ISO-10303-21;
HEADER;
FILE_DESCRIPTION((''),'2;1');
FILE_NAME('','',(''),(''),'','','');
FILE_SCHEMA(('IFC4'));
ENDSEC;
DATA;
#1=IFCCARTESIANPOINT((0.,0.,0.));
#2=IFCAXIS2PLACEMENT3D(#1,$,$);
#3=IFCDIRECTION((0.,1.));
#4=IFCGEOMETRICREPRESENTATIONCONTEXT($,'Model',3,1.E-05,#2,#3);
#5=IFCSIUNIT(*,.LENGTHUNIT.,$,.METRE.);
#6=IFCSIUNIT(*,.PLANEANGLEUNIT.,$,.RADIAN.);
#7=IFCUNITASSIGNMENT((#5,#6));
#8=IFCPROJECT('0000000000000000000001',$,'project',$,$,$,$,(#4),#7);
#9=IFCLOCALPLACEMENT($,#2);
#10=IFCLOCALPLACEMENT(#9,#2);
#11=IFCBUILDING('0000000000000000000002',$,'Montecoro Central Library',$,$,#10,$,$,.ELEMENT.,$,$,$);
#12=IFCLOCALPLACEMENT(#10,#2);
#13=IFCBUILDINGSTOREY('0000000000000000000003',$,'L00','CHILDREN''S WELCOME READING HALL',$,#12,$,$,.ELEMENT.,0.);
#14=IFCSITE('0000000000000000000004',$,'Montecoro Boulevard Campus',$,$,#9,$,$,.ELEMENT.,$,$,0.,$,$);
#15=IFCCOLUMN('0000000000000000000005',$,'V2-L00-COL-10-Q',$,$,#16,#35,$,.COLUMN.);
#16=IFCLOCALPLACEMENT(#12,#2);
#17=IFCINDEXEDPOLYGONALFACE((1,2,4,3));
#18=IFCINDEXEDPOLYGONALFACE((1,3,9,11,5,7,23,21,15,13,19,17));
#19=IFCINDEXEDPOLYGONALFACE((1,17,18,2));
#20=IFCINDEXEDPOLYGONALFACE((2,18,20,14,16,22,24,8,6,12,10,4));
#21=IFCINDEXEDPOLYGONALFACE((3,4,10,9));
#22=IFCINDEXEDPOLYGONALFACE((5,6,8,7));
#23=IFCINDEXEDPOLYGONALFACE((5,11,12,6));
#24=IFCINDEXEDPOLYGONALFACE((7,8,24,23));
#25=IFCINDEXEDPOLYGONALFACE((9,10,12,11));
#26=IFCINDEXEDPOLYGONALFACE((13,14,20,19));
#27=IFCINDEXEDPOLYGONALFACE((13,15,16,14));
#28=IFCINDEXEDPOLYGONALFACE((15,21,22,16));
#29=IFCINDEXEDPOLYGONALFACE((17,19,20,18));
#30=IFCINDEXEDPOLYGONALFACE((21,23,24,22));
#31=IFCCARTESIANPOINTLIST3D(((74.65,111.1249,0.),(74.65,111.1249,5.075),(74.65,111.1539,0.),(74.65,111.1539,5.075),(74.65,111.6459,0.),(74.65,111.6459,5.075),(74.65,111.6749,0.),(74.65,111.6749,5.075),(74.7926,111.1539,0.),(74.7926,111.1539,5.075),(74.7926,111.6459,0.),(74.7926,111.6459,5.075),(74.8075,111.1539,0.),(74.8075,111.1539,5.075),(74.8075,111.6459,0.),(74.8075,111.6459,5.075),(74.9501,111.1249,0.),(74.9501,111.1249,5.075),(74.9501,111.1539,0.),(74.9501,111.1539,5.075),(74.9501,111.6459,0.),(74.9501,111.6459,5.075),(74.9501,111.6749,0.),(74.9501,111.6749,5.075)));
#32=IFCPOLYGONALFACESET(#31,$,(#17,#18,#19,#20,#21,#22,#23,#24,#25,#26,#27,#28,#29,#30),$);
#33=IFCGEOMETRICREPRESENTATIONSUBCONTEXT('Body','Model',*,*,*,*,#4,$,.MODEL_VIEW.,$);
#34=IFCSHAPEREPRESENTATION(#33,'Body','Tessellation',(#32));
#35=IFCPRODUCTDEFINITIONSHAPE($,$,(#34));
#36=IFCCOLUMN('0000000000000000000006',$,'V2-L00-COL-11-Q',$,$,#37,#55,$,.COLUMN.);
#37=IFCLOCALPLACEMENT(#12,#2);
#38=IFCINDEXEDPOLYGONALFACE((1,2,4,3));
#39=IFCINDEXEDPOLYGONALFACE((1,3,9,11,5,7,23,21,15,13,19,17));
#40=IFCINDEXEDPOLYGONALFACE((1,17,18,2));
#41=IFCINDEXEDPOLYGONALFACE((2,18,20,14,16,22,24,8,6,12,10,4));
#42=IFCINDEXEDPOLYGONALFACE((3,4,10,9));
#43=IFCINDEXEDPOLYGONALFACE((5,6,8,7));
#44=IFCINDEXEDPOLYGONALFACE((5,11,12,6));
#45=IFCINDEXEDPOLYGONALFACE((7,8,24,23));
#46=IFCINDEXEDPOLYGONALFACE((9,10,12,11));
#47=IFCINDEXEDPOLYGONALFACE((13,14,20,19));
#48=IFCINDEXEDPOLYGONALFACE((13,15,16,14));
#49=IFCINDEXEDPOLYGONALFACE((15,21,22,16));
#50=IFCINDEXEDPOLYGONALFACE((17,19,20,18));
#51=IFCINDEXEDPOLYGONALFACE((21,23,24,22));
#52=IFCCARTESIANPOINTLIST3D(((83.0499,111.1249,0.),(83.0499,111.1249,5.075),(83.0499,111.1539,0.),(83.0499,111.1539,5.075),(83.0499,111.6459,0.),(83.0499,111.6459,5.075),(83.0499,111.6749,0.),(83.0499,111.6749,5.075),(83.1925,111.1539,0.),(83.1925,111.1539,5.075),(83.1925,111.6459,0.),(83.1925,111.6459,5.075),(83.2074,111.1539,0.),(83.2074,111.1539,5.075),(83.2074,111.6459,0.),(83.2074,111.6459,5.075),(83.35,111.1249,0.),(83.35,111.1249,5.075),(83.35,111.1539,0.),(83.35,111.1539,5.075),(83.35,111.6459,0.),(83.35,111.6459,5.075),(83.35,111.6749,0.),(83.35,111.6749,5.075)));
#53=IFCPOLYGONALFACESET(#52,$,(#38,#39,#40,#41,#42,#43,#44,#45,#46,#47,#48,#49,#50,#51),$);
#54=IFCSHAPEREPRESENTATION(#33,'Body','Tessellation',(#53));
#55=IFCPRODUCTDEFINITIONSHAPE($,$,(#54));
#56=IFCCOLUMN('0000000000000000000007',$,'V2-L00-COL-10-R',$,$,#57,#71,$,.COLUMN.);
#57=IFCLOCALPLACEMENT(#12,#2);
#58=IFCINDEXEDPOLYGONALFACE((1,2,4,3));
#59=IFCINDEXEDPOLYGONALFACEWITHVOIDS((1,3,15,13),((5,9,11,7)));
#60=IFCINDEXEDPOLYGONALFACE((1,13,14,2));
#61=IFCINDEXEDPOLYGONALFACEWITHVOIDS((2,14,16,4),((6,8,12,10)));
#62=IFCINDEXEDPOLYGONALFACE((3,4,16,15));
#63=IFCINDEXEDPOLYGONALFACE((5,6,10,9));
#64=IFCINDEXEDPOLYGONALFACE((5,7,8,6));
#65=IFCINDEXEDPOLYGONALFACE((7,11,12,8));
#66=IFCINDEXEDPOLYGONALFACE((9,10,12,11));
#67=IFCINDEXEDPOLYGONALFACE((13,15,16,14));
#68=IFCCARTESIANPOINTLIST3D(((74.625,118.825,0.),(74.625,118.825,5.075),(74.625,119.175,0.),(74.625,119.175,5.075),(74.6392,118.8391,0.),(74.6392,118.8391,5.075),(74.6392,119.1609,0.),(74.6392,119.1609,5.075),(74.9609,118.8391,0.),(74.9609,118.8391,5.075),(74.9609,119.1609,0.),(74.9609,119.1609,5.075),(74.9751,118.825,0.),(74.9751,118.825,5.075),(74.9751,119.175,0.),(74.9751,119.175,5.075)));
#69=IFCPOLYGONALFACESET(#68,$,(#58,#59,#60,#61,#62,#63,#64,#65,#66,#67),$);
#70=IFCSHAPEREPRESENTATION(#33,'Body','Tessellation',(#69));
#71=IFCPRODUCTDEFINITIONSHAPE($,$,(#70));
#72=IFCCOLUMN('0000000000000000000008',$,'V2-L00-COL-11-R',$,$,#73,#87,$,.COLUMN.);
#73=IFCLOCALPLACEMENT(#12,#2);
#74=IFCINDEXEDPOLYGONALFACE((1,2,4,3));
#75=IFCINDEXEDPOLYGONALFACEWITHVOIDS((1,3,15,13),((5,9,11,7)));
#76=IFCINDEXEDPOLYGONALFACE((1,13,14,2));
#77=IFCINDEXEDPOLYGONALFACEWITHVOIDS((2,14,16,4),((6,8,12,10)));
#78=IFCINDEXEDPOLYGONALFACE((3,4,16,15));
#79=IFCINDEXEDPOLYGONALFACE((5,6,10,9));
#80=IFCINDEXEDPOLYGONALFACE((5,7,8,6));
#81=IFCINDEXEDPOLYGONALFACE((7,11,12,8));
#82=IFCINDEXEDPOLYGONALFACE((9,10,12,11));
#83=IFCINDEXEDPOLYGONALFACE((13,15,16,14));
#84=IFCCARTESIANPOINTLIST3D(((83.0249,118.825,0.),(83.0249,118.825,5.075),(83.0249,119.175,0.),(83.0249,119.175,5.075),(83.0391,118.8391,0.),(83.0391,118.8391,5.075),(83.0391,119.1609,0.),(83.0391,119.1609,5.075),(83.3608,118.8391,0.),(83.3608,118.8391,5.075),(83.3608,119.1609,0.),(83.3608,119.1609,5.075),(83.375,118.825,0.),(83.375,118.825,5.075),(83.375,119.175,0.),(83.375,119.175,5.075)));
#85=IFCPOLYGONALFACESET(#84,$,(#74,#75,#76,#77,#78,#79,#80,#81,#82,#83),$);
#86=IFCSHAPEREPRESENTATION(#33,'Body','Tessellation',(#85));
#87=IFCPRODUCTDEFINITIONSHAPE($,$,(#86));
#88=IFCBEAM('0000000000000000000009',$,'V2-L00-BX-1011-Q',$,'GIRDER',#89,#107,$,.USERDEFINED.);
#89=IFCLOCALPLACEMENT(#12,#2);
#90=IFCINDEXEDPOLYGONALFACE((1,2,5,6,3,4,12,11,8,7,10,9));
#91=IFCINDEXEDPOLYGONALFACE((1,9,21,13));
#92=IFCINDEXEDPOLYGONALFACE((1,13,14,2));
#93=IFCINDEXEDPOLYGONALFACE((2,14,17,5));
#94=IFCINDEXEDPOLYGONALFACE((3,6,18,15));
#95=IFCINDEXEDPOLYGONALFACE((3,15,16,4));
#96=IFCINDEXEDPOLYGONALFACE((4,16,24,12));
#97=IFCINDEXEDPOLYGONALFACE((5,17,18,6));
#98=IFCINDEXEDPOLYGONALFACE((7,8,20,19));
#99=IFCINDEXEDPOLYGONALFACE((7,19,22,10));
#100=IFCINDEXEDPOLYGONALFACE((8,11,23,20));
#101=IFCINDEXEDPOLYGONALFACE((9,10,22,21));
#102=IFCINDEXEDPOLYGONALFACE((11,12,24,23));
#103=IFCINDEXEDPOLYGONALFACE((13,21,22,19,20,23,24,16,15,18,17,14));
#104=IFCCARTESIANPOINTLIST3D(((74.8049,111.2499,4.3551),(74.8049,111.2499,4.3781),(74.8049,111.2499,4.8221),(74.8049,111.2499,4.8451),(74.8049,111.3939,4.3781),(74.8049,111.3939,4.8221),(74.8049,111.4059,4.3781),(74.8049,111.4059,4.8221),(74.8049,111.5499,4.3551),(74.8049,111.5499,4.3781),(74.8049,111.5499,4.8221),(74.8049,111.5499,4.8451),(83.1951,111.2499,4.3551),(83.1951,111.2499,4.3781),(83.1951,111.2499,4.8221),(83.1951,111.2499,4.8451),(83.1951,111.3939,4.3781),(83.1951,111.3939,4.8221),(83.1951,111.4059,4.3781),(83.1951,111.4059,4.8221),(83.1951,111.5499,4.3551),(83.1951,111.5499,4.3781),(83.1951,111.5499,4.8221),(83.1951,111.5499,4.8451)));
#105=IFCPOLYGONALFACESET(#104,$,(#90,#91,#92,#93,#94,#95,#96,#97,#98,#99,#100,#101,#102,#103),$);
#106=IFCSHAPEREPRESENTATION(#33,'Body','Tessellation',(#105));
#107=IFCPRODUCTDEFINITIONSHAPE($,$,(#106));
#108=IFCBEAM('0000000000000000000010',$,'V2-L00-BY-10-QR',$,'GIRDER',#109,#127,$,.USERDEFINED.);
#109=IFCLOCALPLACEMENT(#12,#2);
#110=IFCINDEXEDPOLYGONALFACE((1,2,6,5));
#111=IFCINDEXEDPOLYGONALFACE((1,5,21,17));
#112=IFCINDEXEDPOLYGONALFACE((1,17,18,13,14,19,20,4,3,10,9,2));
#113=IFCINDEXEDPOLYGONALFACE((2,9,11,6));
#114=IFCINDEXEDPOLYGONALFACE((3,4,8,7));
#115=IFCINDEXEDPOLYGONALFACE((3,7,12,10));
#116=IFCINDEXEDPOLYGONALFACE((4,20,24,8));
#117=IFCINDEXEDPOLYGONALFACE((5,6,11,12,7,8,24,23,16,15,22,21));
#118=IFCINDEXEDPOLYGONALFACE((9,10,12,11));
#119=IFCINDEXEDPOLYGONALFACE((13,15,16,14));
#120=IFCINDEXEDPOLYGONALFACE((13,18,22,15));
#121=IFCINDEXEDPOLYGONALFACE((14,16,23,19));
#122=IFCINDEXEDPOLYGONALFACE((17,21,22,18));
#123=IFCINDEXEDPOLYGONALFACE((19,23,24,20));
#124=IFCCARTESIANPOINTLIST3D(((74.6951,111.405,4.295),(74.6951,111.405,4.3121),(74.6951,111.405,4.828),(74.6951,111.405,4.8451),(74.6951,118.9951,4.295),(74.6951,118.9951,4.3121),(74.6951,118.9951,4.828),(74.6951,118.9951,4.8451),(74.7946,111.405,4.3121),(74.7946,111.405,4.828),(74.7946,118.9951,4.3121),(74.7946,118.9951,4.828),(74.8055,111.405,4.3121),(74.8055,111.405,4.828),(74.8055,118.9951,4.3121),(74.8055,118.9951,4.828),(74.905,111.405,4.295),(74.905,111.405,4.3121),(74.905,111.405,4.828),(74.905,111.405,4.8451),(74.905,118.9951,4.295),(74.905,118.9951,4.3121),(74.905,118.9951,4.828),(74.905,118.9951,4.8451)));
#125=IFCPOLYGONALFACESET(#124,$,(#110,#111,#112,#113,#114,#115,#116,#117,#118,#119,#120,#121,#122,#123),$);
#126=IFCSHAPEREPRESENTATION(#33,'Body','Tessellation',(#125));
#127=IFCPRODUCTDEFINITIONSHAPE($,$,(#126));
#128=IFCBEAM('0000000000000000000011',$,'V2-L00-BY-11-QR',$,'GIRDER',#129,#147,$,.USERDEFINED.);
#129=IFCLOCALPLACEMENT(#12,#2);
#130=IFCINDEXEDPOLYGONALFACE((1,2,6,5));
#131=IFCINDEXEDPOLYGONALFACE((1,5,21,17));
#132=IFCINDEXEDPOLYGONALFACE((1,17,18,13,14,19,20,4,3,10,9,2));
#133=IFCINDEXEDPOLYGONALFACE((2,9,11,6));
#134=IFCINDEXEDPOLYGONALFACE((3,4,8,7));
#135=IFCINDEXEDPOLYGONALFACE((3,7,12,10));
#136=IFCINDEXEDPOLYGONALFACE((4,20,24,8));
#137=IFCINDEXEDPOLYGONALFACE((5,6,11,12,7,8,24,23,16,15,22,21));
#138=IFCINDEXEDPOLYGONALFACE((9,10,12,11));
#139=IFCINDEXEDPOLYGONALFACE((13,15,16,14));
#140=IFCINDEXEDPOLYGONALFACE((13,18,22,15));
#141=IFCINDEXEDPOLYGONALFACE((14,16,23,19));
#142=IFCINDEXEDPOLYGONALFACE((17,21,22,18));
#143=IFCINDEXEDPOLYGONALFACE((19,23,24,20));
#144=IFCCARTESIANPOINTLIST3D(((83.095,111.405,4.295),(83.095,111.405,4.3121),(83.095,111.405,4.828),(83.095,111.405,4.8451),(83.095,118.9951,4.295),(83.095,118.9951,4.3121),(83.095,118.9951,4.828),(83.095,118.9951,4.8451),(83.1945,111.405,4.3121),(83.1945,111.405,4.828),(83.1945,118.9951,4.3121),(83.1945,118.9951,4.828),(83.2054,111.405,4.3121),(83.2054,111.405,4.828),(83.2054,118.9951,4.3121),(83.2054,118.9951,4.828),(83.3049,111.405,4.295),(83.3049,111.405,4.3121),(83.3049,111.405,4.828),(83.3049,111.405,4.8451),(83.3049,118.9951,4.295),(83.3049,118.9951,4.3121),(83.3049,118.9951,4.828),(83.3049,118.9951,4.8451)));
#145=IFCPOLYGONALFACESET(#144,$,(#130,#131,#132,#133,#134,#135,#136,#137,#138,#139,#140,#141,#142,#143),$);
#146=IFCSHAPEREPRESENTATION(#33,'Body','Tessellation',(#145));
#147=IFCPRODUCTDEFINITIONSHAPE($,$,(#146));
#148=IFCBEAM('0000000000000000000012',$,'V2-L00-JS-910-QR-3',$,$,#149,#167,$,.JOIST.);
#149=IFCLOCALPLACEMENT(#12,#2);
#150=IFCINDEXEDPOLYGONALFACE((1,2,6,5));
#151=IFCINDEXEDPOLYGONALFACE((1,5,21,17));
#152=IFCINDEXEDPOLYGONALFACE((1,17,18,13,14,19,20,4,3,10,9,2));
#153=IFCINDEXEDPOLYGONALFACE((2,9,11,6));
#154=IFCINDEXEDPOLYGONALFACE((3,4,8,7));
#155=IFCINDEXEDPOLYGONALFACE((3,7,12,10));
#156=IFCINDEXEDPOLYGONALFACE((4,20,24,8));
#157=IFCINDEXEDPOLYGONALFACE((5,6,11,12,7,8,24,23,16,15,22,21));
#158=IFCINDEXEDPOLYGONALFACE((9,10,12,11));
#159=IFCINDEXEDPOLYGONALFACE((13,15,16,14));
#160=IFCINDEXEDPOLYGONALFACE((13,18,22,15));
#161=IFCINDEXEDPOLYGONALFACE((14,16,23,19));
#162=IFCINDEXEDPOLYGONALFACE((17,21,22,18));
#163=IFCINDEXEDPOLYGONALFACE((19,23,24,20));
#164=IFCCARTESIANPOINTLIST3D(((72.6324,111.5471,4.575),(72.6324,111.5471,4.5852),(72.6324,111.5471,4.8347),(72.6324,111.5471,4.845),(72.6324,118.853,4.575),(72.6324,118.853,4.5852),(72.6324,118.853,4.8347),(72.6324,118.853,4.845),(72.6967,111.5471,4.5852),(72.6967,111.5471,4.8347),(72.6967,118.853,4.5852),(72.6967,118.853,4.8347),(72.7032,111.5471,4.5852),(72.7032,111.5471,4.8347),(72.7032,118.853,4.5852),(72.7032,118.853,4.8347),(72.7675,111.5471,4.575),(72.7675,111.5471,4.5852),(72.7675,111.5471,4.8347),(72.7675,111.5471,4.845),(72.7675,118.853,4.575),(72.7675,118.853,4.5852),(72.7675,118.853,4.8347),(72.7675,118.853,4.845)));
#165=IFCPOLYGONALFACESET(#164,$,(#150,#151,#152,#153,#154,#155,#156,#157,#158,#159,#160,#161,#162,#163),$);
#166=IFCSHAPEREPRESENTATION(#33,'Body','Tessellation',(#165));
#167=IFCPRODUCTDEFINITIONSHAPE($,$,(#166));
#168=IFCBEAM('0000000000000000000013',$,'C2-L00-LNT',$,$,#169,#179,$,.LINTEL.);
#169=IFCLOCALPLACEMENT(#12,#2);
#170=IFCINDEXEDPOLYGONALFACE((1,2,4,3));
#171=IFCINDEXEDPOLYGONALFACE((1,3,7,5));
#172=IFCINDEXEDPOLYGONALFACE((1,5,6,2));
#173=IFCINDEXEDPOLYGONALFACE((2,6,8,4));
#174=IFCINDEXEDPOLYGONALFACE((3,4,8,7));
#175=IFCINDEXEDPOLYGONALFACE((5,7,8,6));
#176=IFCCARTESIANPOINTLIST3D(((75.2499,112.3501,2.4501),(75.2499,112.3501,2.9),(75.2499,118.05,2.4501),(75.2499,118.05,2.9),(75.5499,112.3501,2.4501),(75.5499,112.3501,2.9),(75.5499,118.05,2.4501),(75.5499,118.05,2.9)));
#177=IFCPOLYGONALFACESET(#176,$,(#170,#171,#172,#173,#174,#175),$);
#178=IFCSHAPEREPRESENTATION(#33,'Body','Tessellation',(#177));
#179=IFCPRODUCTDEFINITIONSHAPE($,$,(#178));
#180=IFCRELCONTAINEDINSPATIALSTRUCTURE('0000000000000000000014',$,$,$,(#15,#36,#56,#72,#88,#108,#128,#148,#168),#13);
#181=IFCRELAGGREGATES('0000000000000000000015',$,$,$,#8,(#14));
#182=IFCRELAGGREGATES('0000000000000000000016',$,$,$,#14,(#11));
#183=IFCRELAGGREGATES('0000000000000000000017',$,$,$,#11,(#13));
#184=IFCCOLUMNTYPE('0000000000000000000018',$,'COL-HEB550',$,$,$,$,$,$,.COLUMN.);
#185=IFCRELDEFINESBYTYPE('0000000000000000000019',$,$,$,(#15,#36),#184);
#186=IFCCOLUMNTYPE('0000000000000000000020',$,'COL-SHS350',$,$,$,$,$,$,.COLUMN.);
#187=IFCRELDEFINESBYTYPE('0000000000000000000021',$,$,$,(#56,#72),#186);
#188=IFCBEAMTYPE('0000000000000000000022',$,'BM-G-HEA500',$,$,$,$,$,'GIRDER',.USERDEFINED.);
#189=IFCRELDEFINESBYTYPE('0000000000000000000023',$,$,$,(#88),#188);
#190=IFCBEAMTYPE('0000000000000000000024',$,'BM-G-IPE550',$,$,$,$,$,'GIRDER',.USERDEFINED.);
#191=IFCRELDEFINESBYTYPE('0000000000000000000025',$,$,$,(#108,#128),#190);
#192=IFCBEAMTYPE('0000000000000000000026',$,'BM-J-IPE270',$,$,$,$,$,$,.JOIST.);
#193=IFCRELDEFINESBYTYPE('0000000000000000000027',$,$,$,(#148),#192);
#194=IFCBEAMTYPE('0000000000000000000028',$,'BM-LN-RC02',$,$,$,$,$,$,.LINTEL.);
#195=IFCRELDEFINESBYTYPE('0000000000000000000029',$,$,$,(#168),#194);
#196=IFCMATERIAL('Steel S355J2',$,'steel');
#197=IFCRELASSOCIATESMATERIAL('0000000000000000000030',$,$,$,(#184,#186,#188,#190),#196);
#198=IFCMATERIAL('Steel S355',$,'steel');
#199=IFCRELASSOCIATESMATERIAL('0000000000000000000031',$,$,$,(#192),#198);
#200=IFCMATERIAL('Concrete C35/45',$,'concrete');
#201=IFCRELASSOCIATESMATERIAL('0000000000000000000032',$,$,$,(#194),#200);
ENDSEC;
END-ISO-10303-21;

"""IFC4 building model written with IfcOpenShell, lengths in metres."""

from ifc_helpers import new_model, si_unit, direction, frame, origin, origin_2d, place, context, subcontext, project, spatial, rectangle, hollow_rectangle, i_section, extrude, material, material_profile, profile_set, type_object, element, save


model = new_model("IFC4")

# Units and contexts
model_context = context("Model", 3, precision=1e-05, world=origin(), true_north=direction((0.0, 1.0)))
body_context = subcontext(model_context, "Body", "Model", "MODEL_VIEW")
ifc_project = project(units=[si_unit("LENGTHUNIT", "METRE"), si_unit("PLANEANGLEUNIT", "RADIAN")], contexts=[model_context])

# Site, building, storey
site_placement = place(None, origin())
site = spatial("IfcSite", under=ifc_project, at=site_placement, Name="Montecoro Boulevard Campus", CompositionType="ELEMENT", RefElevation=0.0)
building_placement = place(site_placement, origin())
building = spatial("IfcBuilding", under=site, at=building_placement, Name="Montecoro Central Library", CompositionType="ELEMENT")
storey_placement = place(building_placement, origin())
storey = spatial("IfcBuildingStorey", under=building, at=storey_placement, Name="L00", Description="CHILDREN'S WELCOME READING HALL", CompositionType="ELEMENT", Elevation=0.0)

# Columns
ifc_material_1 = material(Name="Steel S355J2", Category="steel")
ifc_material_profile_1 = material_profile(ifc_material_1, i_section(OverallWidth=0.3, OverallDepth=0.55, WebThickness=0.0149, FlangeThickness=0.0291, at=origin_2d()), Name="HEB 550")
ifc_profile_set_1 = profile_set([ifc_material_profile_1], Name="Steel S355J2")
column_type_1 = type_object("IfcColumnType", Name="COL-HEB550", PredefinedType="COLUMN", material=ifc_profile_set_1)
for number, where, z_axis, x_axis, name in (
    (1, (74.8, 111.3999, 0.0), (0.0, 0.0, 1.0), (1.0, 0.0, 0.0), "V2-L00-COL-10-Q"),
    (2, (83.2, 111.3999, 0.0), (0.0, 0.0, 1.0), (1.0, 0.0, 0.0), "V2-L00-COL-11-Q"),
):
    element("IfcColumn", number, at=place(storey_placement, frame(where, z_axis=z_axis, x_axis=x_axis)), inside=storey, type_object=column_type_1, Name=name, PredefinedType="COLUMN", context=body_context, shape_type="SweptSolid", body=[
        extrude(i_section(OverallWidth=0.3, OverallDepth=0.55, WebThickness=0.0149, FlangeThickness=0.0291, at=origin_2d()), origin(), (0.0, 0.0, 1.0), 5.075),
    ])
ifc_material_profile_2 = material_profile(ifc_material_1, hollow_rectangle(XDim=0.3501, YDim=0.3501, WallThickness=0.0142, at=origin_2d()), Name="SHS 350x350x14.2")
ifc_profile_set_2 = profile_set([ifc_material_profile_2], Name="Steel S355J2")
column_type_2 = type_object("IfcColumnType", Name="COL-SHS350", PredefinedType="COLUMN", material=ifc_profile_set_2)
for number, where, z_axis, x_axis, name in (
    (3, (74.8, 119.0, 0.0), (0.0, 0.0, 1.0), (1.0, 0.0, 0.0), "V2-L00-COL-10-R"),
    (4, (83.2, 119.0, 0.0), (0.0, 0.0, 1.0), (1.0, 0.0, 0.0), "V2-L00-COL-11-R"),
):
    element("IfcColumn", number, at=place(storey_placement, frame(where, z_axis=z_axis, x_axis=x_axis)), inside=storey, type_object=column_type_2, Name=name, PredefinedType="COLUMN", context=body_context, shape_type="SweptSolid", body=[
        extrude(hollow_rectangle(XDim=0.3501, YDim=0.3501, WallThickness=0.0142, at=origin_2d()), origin(), (0.0, 0.0, 1.0), 5.075),
    ])

# Beams
ifc_material_profile_3 = material_profile(ifc_material_1, i_section(OverallWidth=0.3, OverallDepth=0.49, WebThickness=0.012, FlangeThickness=0.0229, at=origin_2d()), Name="HEA 500")
ifc_profile_set_3 = profile_set([ifc_material_profile_3], Name="Steel S355J2")
beam_type_1 = type_object("IfcBeamType", Name="BM-G-HEA500", ElementType="GIRDER", PredefinedType="USERDEFINED", material=ifc_profile_set_3)
beam_1_placement = place(storey_placement, frame((74.8049, 111.3999, 4.6001), z_axis=(1.0, 0.0, 0.0), x_axis=(0.0, 1.0, 0.0)))
element("IfcBeam", 5, at=beam_1_placement, inside=storey, type_object=beam_type_1, Name="V2-L00-BX-1011-Q", ObjectType="GIRDER", PredefinedType="USERDEFINED", context=body_context, shape_type="SweptSolid", body=[
    extrude(i_section(OverallWidth=0.3, OverallDepth=0.49, WebThickness=0.012, FlangeThickness=0.0229, at=origin_2d()), origin(), (0.0, 0.0, 1.0), 8.3901),
])
ifc_material_profile_4 = material_profile(ifc_material_1, i_section(OverallWidth=0.21, OverallDepth=0.55, WebThickness=0.011, FlangeThickness=0.0171, at=origin_2d()), Name="IPE 550")
ifc_profile_set_4 = profile_set([ifc_material_profile_4], Name="Steel S355J2")
beam_type_2 = type_object("IfcBeamType", Name="BM-G-IPE550", ElementType="GIRDER", PredefinedType="USERDEFINED", material=ifc_profile_set_4)
for number, where, z_axis, x_axis, name in (
    (6, (74.8, 111.405, 4.5701), (0.0, 1.0, 0.0), (-1.0, 0.0, 0.0), "V2-L00-BY-10-QR"),
    (7, (83.2, 111.405, 4.5701), (0.0, 1.0, 0.0), (-1.0, 0.0, 0.0), "V2-L00-BY-11-QR"),
):
    element("IfcBeam", number, at=place(storey_placement, frame(where, z_axis=z_axis, x_axis=x_axis)), inside=storey, type_object=beam_type_2, Name=name, ObjectType="GIRDER", PredefinedType="USERDEFINED", context=body_context, shape_type="SweptSolid", body=[
        extrude(i_section(OverallWidth=0.21, OverallDepth=0.55, WebThickness=0.011, FlangeThickness=0.0171, at=origin_2d()), origin(), (0.0, 0.0, 1.0), 7.5901),
    ])
ifc_material_2 = material(Name="Steel S355", Category="steel")
ifc_material_profile_5 = material_profile(ifc_material_2, i_section(OverallWidth=0.135, OverallDepth=0.27, WebThickness=0.0066, FlangeThickness=0.0103, at=origin_2d()), Name="IPE 270")
ifc_profile_set_5 = profile_set([ifc_material_profile_5], Name="Steel S355")
beam_type_3 = type_object("IfcBeamType", Name="BM-J-IPE270", PredefinedType="JOIST", material=ifc_profile_set_5)
beam_2_placement = place(storey_placement, frame((72.7, 111.5471, 4.71), z_axis=(0.0, 1.0, 0.0), x_axis=(-1.0, 0.0, 0.0)))
element("IfcBeam", 8, at=beam_2_placement, inside=storey, type_object=beam_type_3, Name="V2-L00-JS-910-QR-3", PredefinedType="JOIST", context=body_context, shape_type="SweptSolid", body=[
    extrude(i_section(OverallWidth=0.135, OverallDepth=0.27, WebThickness=0.0066, FlangeThickness=0.0103, at=origin_2d()), origin(), (0.0, 0.0, 1.0), 7.3059),
])
ifc_material_3 = material(Name="Concrete C35/45", Category="concrete")
ifc_material_profile_6 = material_profile(ifc_material_3, rectangle(XDim=0.3, YDim=0.45, at=origin_2d()), Name="RC LNT 450x300")
ifc_profile_set_6 = profile_set([ifc_material_profile_6], Name="Concrete C35/45")
beam_type_4 = type_object("IfcBeamType", Name="BM-LN-RC02", PredefinedType="LINTEL", material=ifc_profile_set_6)
beam_3_placement = place(storey_placement, frame((75.3999, 112.3501, 2.675), z_axis=(0.0, 1.0, 0.0), x_axis=(-1.0, 0.0, 0.0)))
element("IfcBeam", 9, at=beam_3_placement, inside=storey, type_object=beam_type_4, Name="C2-L00-LNT", PredefinedType="LINTEL", context=body_context, shape_type="SweptSolid", body=[
    extrude(rectangle(XDim=0.3, YDim=0.45, at=origin_2d()), origin(), (0.0, 0.0, 1.0), 5.7),
])

save(model, "model.ifc")
